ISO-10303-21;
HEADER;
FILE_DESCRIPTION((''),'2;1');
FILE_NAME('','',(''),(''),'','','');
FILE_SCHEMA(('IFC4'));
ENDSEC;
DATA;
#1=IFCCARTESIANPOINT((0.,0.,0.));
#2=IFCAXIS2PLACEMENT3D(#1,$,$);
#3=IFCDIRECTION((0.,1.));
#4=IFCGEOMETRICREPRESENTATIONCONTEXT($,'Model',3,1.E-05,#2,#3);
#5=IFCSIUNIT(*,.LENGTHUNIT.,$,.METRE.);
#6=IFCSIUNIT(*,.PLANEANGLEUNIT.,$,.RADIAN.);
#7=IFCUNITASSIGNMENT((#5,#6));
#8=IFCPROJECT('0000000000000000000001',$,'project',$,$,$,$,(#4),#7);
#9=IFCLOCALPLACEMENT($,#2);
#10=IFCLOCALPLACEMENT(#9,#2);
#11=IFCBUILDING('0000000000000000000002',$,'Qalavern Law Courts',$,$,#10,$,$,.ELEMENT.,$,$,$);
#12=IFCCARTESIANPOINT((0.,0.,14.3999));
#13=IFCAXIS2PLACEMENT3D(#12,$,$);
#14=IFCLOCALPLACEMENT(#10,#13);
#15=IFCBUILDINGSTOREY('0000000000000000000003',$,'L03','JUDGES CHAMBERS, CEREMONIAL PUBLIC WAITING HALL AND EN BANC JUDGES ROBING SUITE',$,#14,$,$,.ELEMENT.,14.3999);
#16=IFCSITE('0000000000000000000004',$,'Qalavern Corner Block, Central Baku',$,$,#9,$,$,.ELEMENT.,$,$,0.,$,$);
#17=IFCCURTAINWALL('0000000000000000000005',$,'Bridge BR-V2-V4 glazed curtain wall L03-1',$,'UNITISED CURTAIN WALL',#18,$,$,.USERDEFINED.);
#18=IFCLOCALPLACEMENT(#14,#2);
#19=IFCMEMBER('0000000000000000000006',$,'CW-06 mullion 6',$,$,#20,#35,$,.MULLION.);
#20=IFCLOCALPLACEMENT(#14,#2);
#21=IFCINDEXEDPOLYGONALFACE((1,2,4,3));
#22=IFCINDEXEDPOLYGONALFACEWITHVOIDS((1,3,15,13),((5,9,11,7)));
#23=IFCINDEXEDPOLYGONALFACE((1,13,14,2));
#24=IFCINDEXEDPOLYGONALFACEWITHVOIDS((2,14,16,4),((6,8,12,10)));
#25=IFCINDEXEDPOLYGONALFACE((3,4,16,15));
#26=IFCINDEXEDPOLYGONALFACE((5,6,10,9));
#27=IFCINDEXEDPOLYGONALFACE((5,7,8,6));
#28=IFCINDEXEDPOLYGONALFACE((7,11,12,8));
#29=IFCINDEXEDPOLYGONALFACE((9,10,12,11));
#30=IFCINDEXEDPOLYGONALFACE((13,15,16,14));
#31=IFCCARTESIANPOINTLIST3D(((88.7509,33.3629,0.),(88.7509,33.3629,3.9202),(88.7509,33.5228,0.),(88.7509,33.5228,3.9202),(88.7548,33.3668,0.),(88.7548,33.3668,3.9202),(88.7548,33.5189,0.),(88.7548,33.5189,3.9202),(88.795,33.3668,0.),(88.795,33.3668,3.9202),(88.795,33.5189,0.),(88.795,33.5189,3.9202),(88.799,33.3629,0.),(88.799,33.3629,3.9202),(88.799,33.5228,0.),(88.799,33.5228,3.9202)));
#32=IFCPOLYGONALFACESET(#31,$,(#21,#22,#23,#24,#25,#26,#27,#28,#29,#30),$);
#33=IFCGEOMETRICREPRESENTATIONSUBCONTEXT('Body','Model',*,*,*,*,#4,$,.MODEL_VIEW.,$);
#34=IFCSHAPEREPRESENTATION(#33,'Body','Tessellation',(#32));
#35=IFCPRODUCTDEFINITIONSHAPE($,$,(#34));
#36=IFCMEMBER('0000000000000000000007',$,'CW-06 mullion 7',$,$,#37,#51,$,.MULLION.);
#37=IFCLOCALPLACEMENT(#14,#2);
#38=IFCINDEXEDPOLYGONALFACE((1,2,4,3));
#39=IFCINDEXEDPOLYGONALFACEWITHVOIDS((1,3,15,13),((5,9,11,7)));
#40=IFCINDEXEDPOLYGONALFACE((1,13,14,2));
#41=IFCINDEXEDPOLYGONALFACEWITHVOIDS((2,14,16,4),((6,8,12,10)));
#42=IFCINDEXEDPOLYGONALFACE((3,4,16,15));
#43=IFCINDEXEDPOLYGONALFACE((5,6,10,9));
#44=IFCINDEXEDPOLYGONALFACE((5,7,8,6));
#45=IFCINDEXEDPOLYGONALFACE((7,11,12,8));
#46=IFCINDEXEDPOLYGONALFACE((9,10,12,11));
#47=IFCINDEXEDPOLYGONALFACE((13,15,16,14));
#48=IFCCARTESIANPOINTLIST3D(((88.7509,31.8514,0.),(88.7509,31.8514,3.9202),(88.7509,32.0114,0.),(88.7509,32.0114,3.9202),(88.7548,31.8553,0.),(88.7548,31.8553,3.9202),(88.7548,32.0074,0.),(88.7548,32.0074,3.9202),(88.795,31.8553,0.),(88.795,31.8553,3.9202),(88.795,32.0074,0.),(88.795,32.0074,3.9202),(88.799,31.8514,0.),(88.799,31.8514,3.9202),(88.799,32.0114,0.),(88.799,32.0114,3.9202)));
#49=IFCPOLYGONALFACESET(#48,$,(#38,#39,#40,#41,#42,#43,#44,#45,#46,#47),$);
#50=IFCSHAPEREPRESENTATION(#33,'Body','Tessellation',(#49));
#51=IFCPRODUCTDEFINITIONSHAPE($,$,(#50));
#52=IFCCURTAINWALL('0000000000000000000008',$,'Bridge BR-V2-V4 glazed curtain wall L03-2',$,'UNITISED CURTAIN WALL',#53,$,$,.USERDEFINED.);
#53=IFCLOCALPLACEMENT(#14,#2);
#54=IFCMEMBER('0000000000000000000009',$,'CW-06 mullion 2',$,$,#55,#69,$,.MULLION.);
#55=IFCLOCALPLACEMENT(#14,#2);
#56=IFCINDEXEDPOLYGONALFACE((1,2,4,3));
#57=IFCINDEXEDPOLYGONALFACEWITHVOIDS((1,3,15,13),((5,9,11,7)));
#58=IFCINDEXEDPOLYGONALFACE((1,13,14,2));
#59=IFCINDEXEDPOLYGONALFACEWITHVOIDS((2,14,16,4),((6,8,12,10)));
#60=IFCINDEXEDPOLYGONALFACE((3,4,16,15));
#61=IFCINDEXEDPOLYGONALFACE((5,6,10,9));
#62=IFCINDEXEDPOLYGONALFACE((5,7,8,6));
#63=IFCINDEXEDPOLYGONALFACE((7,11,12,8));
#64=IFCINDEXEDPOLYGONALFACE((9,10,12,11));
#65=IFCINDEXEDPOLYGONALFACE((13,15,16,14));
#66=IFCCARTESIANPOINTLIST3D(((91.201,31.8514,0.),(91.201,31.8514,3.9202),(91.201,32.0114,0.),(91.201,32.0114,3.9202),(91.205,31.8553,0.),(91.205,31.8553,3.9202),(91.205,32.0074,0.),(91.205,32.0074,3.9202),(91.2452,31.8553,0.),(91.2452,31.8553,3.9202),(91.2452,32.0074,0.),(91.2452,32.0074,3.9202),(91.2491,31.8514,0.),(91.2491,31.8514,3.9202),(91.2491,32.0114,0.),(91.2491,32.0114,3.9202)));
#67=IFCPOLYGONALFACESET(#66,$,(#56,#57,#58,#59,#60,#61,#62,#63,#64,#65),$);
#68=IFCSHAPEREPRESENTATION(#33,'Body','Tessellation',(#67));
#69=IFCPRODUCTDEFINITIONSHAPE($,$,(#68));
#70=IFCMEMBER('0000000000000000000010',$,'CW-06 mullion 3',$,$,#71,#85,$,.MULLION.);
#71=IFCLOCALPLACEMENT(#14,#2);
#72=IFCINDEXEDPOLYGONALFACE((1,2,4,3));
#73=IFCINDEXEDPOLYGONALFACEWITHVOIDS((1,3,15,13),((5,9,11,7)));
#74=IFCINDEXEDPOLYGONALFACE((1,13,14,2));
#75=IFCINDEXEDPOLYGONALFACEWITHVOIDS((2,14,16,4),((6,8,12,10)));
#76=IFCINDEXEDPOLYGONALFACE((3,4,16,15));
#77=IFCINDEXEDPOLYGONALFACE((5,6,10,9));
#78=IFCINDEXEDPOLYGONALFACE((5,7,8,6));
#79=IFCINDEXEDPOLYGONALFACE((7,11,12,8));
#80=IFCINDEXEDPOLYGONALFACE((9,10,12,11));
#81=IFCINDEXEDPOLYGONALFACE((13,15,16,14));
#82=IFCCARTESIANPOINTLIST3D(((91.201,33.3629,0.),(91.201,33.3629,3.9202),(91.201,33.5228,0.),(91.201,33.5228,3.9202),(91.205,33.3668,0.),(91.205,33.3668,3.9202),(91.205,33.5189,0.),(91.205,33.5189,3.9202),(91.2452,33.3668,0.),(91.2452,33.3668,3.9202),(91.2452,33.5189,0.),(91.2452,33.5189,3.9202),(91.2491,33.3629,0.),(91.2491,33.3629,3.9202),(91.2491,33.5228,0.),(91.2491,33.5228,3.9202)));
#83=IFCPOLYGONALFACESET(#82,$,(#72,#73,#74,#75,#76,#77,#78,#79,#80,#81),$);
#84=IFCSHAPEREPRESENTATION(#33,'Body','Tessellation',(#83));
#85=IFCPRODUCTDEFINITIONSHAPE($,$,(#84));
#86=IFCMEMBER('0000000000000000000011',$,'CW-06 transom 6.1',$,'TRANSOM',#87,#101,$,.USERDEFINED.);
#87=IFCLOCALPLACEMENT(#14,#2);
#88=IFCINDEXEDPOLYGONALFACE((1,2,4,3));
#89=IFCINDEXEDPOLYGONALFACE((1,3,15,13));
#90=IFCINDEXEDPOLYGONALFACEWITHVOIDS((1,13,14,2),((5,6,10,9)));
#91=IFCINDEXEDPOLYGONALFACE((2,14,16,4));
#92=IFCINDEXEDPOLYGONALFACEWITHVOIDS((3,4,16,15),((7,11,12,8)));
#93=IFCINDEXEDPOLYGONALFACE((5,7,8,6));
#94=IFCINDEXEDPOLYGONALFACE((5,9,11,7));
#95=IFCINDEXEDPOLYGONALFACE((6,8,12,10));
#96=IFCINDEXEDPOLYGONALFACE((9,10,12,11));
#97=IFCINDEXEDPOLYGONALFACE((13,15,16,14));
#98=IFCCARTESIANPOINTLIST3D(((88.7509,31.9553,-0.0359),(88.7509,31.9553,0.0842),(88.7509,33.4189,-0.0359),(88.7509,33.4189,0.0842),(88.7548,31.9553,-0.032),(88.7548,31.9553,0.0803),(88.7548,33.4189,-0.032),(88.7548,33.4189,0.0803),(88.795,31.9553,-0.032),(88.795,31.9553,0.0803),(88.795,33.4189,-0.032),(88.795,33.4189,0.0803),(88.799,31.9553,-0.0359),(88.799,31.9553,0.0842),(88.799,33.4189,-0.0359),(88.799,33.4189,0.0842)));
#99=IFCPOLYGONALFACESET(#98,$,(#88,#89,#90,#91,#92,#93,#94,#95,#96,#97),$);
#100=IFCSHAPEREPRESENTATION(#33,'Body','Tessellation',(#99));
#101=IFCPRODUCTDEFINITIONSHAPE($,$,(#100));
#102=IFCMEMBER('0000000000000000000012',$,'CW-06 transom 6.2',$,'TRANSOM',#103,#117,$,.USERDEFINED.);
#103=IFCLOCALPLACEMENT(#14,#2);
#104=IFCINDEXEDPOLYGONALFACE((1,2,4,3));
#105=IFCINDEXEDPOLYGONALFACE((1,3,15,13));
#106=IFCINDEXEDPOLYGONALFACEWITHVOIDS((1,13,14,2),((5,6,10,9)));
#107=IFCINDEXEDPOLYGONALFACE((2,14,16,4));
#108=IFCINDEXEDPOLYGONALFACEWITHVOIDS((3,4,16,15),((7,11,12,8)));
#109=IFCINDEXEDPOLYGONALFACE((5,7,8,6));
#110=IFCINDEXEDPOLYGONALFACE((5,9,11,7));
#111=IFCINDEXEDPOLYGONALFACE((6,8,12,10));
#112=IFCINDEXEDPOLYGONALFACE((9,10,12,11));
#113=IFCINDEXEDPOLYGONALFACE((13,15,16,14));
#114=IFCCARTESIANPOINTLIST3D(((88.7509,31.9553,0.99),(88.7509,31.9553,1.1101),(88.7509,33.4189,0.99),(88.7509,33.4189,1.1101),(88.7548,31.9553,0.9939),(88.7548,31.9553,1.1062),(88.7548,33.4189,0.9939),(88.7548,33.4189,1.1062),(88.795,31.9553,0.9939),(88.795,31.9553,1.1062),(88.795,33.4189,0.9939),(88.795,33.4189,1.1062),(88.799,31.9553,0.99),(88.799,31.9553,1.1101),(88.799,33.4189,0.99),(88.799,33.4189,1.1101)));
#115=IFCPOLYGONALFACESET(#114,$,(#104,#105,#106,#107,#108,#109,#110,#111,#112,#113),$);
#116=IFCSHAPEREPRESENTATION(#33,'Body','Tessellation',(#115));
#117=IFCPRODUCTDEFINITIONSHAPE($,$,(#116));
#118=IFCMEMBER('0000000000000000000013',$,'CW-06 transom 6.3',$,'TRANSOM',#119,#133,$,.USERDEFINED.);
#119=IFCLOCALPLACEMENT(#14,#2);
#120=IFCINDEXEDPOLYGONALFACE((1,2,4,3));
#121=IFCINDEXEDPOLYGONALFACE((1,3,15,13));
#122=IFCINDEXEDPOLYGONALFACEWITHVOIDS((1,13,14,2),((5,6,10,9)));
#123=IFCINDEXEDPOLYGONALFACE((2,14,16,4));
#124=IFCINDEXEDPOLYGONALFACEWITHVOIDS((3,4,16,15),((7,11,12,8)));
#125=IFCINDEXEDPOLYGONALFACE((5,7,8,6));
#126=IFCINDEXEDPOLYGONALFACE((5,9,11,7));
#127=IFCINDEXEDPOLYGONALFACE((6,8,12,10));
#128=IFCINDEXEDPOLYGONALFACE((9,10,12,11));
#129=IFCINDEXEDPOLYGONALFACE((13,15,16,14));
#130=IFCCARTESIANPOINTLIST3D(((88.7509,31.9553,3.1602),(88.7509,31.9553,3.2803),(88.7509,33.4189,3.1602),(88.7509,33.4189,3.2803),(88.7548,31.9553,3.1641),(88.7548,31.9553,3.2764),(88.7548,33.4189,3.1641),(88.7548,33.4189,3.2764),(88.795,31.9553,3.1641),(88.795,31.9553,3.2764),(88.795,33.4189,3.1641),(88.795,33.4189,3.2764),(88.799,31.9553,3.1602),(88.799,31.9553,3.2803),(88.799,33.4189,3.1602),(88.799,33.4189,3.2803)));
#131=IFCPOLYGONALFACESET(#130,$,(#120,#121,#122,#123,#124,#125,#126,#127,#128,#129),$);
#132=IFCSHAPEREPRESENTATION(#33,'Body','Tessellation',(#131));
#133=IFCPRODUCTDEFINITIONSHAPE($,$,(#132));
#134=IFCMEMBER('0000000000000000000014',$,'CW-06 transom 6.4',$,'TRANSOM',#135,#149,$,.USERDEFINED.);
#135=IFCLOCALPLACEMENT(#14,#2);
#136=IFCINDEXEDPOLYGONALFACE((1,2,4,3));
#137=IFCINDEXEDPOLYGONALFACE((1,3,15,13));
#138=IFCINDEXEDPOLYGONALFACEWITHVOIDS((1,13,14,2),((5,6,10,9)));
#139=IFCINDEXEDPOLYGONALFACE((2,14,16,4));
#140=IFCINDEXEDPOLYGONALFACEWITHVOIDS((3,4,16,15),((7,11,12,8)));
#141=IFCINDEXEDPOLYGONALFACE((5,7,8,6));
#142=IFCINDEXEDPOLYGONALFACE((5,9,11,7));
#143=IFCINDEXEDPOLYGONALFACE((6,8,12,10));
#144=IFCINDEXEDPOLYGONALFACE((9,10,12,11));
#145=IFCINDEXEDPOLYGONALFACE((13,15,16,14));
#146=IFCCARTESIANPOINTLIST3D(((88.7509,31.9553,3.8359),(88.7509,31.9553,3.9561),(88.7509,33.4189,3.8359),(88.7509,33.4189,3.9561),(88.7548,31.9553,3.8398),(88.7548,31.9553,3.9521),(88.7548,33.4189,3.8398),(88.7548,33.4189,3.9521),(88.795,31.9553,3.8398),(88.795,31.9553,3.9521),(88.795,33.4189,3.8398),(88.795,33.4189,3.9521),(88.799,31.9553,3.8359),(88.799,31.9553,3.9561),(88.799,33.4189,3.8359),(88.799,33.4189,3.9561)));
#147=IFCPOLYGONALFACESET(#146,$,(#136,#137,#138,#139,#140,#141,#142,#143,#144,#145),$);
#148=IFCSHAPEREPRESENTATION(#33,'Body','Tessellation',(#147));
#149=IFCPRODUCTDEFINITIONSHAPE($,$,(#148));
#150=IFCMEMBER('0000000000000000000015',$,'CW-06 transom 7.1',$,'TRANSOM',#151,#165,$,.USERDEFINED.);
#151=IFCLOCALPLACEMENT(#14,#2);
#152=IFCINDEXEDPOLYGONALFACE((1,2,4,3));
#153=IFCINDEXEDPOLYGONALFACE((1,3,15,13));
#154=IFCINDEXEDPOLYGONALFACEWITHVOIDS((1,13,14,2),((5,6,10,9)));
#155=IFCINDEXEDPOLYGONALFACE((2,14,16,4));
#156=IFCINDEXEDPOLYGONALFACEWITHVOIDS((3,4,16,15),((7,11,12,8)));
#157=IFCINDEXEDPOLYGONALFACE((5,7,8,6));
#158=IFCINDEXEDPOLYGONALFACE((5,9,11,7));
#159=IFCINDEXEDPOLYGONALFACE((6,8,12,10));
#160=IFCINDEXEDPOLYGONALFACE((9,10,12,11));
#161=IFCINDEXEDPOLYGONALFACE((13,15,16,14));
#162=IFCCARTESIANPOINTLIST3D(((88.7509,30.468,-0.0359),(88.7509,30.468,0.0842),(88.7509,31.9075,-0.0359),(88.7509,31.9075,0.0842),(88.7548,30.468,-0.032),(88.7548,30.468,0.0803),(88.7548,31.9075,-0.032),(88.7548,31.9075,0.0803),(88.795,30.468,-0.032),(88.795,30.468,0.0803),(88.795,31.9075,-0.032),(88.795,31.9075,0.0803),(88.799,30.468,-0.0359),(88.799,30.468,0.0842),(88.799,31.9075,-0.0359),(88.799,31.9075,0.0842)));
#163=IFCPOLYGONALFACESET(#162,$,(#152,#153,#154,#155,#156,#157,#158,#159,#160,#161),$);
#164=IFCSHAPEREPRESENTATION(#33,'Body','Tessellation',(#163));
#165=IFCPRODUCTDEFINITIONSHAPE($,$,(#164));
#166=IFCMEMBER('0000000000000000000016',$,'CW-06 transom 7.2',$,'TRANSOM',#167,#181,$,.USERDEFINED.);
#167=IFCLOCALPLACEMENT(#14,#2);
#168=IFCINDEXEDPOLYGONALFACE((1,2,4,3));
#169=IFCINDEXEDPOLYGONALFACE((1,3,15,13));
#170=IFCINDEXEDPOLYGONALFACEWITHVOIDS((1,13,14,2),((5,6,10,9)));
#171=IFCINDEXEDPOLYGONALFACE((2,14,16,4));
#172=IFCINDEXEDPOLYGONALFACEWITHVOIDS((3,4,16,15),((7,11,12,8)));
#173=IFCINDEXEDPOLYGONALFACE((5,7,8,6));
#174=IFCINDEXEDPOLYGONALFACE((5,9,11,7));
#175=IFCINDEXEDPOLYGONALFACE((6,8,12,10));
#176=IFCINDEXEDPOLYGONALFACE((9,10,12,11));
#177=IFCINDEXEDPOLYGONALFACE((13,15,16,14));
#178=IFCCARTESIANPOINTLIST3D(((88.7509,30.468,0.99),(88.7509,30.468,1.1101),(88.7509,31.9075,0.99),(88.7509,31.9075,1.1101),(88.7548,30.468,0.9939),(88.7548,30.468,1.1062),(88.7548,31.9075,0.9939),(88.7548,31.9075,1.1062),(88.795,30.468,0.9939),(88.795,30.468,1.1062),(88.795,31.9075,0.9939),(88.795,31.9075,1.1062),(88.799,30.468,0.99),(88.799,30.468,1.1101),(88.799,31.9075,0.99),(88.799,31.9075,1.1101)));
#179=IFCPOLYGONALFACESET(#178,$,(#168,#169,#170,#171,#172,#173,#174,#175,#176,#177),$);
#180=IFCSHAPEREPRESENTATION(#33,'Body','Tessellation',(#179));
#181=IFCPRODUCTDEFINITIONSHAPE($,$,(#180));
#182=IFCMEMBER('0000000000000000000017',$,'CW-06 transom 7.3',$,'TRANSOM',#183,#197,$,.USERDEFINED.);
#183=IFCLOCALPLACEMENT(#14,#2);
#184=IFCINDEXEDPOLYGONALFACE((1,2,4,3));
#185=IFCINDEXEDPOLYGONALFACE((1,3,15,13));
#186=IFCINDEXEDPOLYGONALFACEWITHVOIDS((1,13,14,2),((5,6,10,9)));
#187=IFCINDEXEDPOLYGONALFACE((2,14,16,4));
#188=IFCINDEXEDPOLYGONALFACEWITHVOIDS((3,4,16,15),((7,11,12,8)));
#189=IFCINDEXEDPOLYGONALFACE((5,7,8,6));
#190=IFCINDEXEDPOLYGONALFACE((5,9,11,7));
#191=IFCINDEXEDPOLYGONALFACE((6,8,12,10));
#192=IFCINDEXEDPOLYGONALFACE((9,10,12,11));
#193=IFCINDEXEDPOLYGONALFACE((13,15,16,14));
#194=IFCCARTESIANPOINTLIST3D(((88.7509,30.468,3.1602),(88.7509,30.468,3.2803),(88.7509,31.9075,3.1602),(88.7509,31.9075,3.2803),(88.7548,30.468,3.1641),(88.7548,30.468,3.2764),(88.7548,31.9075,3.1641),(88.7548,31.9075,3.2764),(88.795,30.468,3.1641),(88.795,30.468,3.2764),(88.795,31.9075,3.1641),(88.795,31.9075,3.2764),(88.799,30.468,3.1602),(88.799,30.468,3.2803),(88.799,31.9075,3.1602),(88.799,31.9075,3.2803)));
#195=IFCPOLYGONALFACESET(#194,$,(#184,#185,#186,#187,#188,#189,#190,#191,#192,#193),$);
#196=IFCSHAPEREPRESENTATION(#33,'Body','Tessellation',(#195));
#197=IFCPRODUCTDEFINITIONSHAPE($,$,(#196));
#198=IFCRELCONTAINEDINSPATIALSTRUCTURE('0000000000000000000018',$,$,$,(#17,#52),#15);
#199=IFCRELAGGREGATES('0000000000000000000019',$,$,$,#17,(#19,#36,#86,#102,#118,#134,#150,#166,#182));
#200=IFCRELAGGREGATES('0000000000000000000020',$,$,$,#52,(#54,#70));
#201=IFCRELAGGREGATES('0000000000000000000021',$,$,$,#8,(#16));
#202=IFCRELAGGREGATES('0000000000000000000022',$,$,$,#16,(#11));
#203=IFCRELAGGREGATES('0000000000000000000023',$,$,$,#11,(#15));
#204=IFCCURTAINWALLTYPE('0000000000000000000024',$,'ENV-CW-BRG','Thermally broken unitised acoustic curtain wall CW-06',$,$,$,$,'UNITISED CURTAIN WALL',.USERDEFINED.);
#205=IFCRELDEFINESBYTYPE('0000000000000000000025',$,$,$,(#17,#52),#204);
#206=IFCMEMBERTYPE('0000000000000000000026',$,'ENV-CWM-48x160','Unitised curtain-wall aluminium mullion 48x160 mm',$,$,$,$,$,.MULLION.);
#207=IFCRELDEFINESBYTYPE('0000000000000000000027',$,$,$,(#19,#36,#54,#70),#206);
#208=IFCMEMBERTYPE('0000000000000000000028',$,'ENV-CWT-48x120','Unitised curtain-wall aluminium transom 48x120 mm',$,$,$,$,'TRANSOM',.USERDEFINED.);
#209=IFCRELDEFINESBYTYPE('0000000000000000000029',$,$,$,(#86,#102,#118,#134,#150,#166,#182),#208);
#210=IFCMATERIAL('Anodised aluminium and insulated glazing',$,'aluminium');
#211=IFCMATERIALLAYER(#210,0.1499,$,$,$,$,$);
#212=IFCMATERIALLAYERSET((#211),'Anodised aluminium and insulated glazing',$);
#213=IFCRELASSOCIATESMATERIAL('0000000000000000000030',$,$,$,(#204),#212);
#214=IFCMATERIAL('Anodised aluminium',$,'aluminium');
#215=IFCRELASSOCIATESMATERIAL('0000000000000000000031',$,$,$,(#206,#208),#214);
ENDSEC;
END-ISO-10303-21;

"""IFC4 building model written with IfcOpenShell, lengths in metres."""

from ifc_helpers import new_model, si_unit, direction, frame, origin, origin_2d, place, context, subcontext, project, spatial, hollow_rectangle, extrude, material, layer, layer_set, material_profile, profile_set, type_object, element, aggregate, save


model = new_model("IFC4")

# Units and contexts
model_context = context("Model", 3, precision=1e-05, world=origin(), true_north=direction((0.0, 1.0)))
body_context = subcontext(model_context, "Body", "Model", "MODEL_VIEW")
ifc_project = project(units=[si_unit("LENGTHUNIT", "METRE"), si_unit("PLANEANGLEUNIT", "RADIAN")], contexts=[model_context])

# Site, building, storey
site_placement = place(None, origin())
site = spatial("IfcSite", under=ifc_project, at=site_placement, Name="Qalavern Corner Block, Central Baku", CompositionType="ELEMENT", RefElevation=0.0)
building_placement = place(site_placement, origin())
building = spatial("IfcBuilding", under=site, at=building_placement, Name="Qalavern Law Courts", CompositionType="ELEMENT")
storey_placement = place(building_placement, frame((0.0, 0.0, 14.3999)))
storey = spatial("IfcBuildingStorey", under=building, at=storey_placement, Name="L03", Description="JUDGES CHAMBERS, CEREMONIAL PUBLIC WAITING HALL AND EN BANC JUDGES ROBING SUITE", CompositionType="ELEMENT", Elevation=14.3999)

# Curtain walls, members
ifc_material_1 = material(Name="Anodised aluminium and insulated glazing", Category="aluminium")
ifc_layer_1 = layer(ifc_material_1, 0.1499)
ifc_layer_set_1 = layer_set([ifc_layer_1], Name="Anodised aluminium and insulated glazing")
curtain_wall_type = type_object("IfcCurtainWallType", Name="ENV-CW-BRG", Description="Thermally broken unitised acoustic curtain wall CW-06", ElementType="UNITISED CURTAIN WALL", PredefinedType="USERDEFINED", material=ifc_layer_set_1)
curtain_wall_1_placement = place(storey_placement, origin())
curtain_wall_1 = element("IfcCurtainWall", 1, at=curtain_wall_1_placement, inside=storey, type_object=curtain_wall_type, Name="Bridge BR-V2-V4 glazed curtain wall L03-1", ObjectType="UNITISED CURTAIN WALL", PredefinedType="USERDEFINED")
ifc_material_2 = material(Name="Anodised aluminium", Category="aluminium")
ifc_material_profile_1 = material_profile(ifc_material_2, hollow_rectangle(XDim=0.0481, YDim=0.1599, WallThickness=0.0039, at=origin_2d()), Name="ALU MULLION 48x160")
ifc_profile_set_1 = profile_set([ifc_material_profile_1], Name="Anodised aluminium")
member_type_1 = type_object("IfcMemberType", Name="ENV-CWM-48x160", Description="Unitised curtain-wall aluminium mullion 48x160 mm", PredefinedType="MULLION", material=ifc_profile_set_1)
member_1_placement = place(storey_placement, frame((88.7749, 33.4429, 0.0), z_axis=(0.0, 0.0, 1.0), x_axis=(1.0, 0.0, 0.0)))
member_1 = element("IfcMember", 2, at=member_1_placement, type_object=member_type_1, Name="CW-06 mullion 6", PredefinedType="MULLION", context=body_context, shape_type="SweptSolid", body=[
    extrude(hollow_rectangle(XDim=0.0481, YDim=0.1599, WallThickness=0.0039, at=origin_2d()), origin(), (0.0, 0.0, 1.0), 3.9202),
])
member_2_placement = place(storey_placement, frame((88.7749, 31.9314, 0.0), z_axis=(0.0, 0.0, 1.0), x_axis=(1.0, 0.0, 0.0)))
member_2 = element("IfcMember", 3, at=member_2_placement, type_object=member_type_1, Name="CW-06 mullion 7", PredefinedType="MULLION", context=body_context, shape_type="SweptSolid", body=[
    extrude(hollow_rectangle(XDim=0.0481, YDim=0.1599, WallThickness=0.0039, at=origin_2d()), origin(), (0.0, 0.0, 1.0), 3.9202),
])
curtain_wall_2_placement = place(storey_placement, origin())
curtain_wall_2 = element("IfcCurtainWall", 4, at=curtain_wall_2_placement, inside=storey, type_object=curtain_wall_type, Name="Bridge BR-V2-V4 glazed curtain wall L03-2", ObjectType="UNITISED CURTAIN WALL", PredefinedType="USERDEFINED")
member_3_placement = place(storey_placement, frame((91.2251, 31.9314, 0.0), z_axis=(0.0, 0.0, 1.0), x_axis=(-1.0, 0.0, 0.0)))
member_3 = element("IfcMember", 5, at=member_3_placement, type_object=member_type_1, Name="CW-06 mullion 2", PredefinedType="MULLION", context=body_context, shape_type="SweptSolid", body=[
    extrude(hollow_rectangle(XDim=0.0481, YDim=0.1599, WallThickness=0.0039, at=origin_2d()), origin(), (0.0, 0.0, 1.0), 3.9202),
])
member_4_placement = place(storey_placement, frame((91.2251, 33.4429, 0.0), z_axis=(0.0, 0.0, 1.0), x_axis=(-1.0, 0.0, 0.0)))
member_4 = element("IfcMember", 6, at=member_4_placement, type_object=member_type_1, Name="CW-06 mullion 3", PredefinedType="MULLION", context=body_context, shape_type="SweptSolid", body=[
    extrude(hollow_rectangle(XDim=0.0481, YDim=0.1599, WallThickness=0.0039, at=origin_2d()), origin(), (0.0, 0.0, 1.0), 3.9202),
])

# Members
ifc_material_profile_2 = material_profile(ifc_material_2, hollow_rectangle(XDim=0.0481, YDim=0.1201, WallThickness=0.0039, at=origin_2d()), Name="ALU TRANSOM 48x120")
ifc_profile_set_2 = profile_set([ifc_material_profile_2], Name="Anodised aluminium")
member_type_2 = type_object("IfcMemberType", Name="ENV-CWT-48x120", Description="Unitised curtain-wall aluminium transom 48x120 mm", ElementType="TRANSOM", PredefinedType="USERDEFINED", material=ifc_profile_set_2)
member_5_placement = place(storey_placement, frame((88.7749, 33.4189, 0.0242), z_axis=(0.0, -1.0, 0.0), x_axis=(1.0, 0.0, 0.0)))
member_5 = element("IfcMember", 7, at=member_5_placement, type_object=member_type_2, Name="CW-06 transom 6.1", ObjectType="TRANSOM", PredefinedType="USERDEFINED", context=body_context, shape_type="SweptSolid", body=[
    extrude(hollow_rectangle(XDim=0.0481, YDim=0.1201, WallThickness=0.0039, at=origin_2d()), origin(), (0.0, 0.0, 1.0), 1.4636),
])
member_6_placement = place(storey_placement, frame((88.7749, 33.4189, 1.05), z_axis=(0.0, -1.0, 0.0), x_axis=(1.0, 0.0, 0.0)))
member_6 = element("IfcMember", 8, at=member_6_placement, type_object=member_type_2, Name="CW-06 transom 6.2", ObjectType="TRANSOM", PredefinedType="USERDEFINED", context=body_context, shape_type="SweptSolid", body=[
    extrude(hollow_rectangle(XDim=0.0481, YDim=0.1201, WallThickness=0.0039, at=origin_2d()), origin(), (0.0, 0.0, 1.0), 1.4636),
])
member_7_placement = place(storey_placement, frame((88.7749, 33.4189, 3.2202), z_axis=(0.0, -1.0, 0.0), x_axis=(1.0, 0.0, 0.0)))
member_7 = element("IfcMember", 9, at=member_7_placement, type_object=member_type_2, Name="CW-06 transom 6.3", ObjectType="TRANSOM", PredefinedType="USERDEFINED", context=body_context, shape_type="SweptSolid", body=[
    extrude(hollow_rectangle(XDim=0.0481, YDim=0.1201, WallThickness=0.0039, at=origin_2d()), origin(), (0.0, 0.0, 1.0), 1.4636),
])
member_8_placement = place(storey_placement, frame((88.7749, 33.4189, 3.896), z_axis=(0.0, -1.0, 0.0), x_axis=(1.0, 0.0, 0.0)))
member_8 = element("IfcMember", 10, at=member_8_placement, type_object=member_type_2, Name="CW-06 transom 6.4", ObjectType="TRANSOM", PredefinedType="USERDEFINED", context=body_context, shape_type="SweptSolid", body=[
    extrude(hollow_rectangle(XDim=0.0481, YDim=0.1201, WallThickness=0.0039, at=origin_2d()), origin(), (0.0, 0.0, 1.0), 1.4636),
])
member_9_placement = place(storey_placement, frame((88.7749, 31.9075, 0.0242), z_axis=(0.0, -1.0, 0.0), x_axis=(1.0, 0.0, 0.0)))
member_9 = element("IfcMember", 11, at=member_9_placement, type_object=member_type_2, Name="CW-06 transom 7.1", ObjectType="TRANSOM", PredefinedType="USERDEFINED", context=body_context, shape_type="SweptSolid", body=[
    extrude(hollow_rectangle(XDim=0.0481, YDim=0.1201, WallThickness=0.0039, at=origin_2d()), origin(), (0.0, 0.0, 1.0), 1.4395),
])
member_10_placement = place(storey_placement, frame((88.7749, 31.9075, 1.05), z_axis=(0.0, -1.0, 0.0), x_axis=(1.0, 0.0, 0.0)))
member_10 = element("IfcMember", 12, at=member_10_placement, type_object=member_type_2, Name="CW-06 transom 7.2", ObjectType="TRANSOM", PredefinedType="USERDEFINED", context=body_context, shape_type="SweptSolid", body=[
    extrude(hollow_rectangle(XDim=0.0481, YDim=0.1201, WallThickness=0.0039, at=origin_2d()), origin(), (0.0, 0.0, 1.0), 1.4395),
])
member_11_placement = place(storey_placement, frame((88.7749, 31.9075, 3.2202), z_axis=(0.0, -1.0, 0.0), x_axis=(1.0, 0.0, 0.0)))
member_11 = element("IfcMember", 13, at=member_11_placement, type_object=member_type_2, Name="CW-06 transom 7.3", ObjectType="TRANSOM", PredefinedType="USERDEFINED", context=body_context, shape_type="SweptSolid", body=[
    extrude(hollow_rectangle(XDim=0.0481, YDim=0.1201, WallThickness=0.0039, at=origin_2d()), origin(), (0.0, 0.0, 1.0), 1.4395),
])

aggregate(curtain_wall_1, [member_1, member_2, member_5, member_6, member_7, member_8, member_9, member_10, member_11])
aggregate(curtain_wall_2, [member_3, member_4])

save(model, "model.ifc")
